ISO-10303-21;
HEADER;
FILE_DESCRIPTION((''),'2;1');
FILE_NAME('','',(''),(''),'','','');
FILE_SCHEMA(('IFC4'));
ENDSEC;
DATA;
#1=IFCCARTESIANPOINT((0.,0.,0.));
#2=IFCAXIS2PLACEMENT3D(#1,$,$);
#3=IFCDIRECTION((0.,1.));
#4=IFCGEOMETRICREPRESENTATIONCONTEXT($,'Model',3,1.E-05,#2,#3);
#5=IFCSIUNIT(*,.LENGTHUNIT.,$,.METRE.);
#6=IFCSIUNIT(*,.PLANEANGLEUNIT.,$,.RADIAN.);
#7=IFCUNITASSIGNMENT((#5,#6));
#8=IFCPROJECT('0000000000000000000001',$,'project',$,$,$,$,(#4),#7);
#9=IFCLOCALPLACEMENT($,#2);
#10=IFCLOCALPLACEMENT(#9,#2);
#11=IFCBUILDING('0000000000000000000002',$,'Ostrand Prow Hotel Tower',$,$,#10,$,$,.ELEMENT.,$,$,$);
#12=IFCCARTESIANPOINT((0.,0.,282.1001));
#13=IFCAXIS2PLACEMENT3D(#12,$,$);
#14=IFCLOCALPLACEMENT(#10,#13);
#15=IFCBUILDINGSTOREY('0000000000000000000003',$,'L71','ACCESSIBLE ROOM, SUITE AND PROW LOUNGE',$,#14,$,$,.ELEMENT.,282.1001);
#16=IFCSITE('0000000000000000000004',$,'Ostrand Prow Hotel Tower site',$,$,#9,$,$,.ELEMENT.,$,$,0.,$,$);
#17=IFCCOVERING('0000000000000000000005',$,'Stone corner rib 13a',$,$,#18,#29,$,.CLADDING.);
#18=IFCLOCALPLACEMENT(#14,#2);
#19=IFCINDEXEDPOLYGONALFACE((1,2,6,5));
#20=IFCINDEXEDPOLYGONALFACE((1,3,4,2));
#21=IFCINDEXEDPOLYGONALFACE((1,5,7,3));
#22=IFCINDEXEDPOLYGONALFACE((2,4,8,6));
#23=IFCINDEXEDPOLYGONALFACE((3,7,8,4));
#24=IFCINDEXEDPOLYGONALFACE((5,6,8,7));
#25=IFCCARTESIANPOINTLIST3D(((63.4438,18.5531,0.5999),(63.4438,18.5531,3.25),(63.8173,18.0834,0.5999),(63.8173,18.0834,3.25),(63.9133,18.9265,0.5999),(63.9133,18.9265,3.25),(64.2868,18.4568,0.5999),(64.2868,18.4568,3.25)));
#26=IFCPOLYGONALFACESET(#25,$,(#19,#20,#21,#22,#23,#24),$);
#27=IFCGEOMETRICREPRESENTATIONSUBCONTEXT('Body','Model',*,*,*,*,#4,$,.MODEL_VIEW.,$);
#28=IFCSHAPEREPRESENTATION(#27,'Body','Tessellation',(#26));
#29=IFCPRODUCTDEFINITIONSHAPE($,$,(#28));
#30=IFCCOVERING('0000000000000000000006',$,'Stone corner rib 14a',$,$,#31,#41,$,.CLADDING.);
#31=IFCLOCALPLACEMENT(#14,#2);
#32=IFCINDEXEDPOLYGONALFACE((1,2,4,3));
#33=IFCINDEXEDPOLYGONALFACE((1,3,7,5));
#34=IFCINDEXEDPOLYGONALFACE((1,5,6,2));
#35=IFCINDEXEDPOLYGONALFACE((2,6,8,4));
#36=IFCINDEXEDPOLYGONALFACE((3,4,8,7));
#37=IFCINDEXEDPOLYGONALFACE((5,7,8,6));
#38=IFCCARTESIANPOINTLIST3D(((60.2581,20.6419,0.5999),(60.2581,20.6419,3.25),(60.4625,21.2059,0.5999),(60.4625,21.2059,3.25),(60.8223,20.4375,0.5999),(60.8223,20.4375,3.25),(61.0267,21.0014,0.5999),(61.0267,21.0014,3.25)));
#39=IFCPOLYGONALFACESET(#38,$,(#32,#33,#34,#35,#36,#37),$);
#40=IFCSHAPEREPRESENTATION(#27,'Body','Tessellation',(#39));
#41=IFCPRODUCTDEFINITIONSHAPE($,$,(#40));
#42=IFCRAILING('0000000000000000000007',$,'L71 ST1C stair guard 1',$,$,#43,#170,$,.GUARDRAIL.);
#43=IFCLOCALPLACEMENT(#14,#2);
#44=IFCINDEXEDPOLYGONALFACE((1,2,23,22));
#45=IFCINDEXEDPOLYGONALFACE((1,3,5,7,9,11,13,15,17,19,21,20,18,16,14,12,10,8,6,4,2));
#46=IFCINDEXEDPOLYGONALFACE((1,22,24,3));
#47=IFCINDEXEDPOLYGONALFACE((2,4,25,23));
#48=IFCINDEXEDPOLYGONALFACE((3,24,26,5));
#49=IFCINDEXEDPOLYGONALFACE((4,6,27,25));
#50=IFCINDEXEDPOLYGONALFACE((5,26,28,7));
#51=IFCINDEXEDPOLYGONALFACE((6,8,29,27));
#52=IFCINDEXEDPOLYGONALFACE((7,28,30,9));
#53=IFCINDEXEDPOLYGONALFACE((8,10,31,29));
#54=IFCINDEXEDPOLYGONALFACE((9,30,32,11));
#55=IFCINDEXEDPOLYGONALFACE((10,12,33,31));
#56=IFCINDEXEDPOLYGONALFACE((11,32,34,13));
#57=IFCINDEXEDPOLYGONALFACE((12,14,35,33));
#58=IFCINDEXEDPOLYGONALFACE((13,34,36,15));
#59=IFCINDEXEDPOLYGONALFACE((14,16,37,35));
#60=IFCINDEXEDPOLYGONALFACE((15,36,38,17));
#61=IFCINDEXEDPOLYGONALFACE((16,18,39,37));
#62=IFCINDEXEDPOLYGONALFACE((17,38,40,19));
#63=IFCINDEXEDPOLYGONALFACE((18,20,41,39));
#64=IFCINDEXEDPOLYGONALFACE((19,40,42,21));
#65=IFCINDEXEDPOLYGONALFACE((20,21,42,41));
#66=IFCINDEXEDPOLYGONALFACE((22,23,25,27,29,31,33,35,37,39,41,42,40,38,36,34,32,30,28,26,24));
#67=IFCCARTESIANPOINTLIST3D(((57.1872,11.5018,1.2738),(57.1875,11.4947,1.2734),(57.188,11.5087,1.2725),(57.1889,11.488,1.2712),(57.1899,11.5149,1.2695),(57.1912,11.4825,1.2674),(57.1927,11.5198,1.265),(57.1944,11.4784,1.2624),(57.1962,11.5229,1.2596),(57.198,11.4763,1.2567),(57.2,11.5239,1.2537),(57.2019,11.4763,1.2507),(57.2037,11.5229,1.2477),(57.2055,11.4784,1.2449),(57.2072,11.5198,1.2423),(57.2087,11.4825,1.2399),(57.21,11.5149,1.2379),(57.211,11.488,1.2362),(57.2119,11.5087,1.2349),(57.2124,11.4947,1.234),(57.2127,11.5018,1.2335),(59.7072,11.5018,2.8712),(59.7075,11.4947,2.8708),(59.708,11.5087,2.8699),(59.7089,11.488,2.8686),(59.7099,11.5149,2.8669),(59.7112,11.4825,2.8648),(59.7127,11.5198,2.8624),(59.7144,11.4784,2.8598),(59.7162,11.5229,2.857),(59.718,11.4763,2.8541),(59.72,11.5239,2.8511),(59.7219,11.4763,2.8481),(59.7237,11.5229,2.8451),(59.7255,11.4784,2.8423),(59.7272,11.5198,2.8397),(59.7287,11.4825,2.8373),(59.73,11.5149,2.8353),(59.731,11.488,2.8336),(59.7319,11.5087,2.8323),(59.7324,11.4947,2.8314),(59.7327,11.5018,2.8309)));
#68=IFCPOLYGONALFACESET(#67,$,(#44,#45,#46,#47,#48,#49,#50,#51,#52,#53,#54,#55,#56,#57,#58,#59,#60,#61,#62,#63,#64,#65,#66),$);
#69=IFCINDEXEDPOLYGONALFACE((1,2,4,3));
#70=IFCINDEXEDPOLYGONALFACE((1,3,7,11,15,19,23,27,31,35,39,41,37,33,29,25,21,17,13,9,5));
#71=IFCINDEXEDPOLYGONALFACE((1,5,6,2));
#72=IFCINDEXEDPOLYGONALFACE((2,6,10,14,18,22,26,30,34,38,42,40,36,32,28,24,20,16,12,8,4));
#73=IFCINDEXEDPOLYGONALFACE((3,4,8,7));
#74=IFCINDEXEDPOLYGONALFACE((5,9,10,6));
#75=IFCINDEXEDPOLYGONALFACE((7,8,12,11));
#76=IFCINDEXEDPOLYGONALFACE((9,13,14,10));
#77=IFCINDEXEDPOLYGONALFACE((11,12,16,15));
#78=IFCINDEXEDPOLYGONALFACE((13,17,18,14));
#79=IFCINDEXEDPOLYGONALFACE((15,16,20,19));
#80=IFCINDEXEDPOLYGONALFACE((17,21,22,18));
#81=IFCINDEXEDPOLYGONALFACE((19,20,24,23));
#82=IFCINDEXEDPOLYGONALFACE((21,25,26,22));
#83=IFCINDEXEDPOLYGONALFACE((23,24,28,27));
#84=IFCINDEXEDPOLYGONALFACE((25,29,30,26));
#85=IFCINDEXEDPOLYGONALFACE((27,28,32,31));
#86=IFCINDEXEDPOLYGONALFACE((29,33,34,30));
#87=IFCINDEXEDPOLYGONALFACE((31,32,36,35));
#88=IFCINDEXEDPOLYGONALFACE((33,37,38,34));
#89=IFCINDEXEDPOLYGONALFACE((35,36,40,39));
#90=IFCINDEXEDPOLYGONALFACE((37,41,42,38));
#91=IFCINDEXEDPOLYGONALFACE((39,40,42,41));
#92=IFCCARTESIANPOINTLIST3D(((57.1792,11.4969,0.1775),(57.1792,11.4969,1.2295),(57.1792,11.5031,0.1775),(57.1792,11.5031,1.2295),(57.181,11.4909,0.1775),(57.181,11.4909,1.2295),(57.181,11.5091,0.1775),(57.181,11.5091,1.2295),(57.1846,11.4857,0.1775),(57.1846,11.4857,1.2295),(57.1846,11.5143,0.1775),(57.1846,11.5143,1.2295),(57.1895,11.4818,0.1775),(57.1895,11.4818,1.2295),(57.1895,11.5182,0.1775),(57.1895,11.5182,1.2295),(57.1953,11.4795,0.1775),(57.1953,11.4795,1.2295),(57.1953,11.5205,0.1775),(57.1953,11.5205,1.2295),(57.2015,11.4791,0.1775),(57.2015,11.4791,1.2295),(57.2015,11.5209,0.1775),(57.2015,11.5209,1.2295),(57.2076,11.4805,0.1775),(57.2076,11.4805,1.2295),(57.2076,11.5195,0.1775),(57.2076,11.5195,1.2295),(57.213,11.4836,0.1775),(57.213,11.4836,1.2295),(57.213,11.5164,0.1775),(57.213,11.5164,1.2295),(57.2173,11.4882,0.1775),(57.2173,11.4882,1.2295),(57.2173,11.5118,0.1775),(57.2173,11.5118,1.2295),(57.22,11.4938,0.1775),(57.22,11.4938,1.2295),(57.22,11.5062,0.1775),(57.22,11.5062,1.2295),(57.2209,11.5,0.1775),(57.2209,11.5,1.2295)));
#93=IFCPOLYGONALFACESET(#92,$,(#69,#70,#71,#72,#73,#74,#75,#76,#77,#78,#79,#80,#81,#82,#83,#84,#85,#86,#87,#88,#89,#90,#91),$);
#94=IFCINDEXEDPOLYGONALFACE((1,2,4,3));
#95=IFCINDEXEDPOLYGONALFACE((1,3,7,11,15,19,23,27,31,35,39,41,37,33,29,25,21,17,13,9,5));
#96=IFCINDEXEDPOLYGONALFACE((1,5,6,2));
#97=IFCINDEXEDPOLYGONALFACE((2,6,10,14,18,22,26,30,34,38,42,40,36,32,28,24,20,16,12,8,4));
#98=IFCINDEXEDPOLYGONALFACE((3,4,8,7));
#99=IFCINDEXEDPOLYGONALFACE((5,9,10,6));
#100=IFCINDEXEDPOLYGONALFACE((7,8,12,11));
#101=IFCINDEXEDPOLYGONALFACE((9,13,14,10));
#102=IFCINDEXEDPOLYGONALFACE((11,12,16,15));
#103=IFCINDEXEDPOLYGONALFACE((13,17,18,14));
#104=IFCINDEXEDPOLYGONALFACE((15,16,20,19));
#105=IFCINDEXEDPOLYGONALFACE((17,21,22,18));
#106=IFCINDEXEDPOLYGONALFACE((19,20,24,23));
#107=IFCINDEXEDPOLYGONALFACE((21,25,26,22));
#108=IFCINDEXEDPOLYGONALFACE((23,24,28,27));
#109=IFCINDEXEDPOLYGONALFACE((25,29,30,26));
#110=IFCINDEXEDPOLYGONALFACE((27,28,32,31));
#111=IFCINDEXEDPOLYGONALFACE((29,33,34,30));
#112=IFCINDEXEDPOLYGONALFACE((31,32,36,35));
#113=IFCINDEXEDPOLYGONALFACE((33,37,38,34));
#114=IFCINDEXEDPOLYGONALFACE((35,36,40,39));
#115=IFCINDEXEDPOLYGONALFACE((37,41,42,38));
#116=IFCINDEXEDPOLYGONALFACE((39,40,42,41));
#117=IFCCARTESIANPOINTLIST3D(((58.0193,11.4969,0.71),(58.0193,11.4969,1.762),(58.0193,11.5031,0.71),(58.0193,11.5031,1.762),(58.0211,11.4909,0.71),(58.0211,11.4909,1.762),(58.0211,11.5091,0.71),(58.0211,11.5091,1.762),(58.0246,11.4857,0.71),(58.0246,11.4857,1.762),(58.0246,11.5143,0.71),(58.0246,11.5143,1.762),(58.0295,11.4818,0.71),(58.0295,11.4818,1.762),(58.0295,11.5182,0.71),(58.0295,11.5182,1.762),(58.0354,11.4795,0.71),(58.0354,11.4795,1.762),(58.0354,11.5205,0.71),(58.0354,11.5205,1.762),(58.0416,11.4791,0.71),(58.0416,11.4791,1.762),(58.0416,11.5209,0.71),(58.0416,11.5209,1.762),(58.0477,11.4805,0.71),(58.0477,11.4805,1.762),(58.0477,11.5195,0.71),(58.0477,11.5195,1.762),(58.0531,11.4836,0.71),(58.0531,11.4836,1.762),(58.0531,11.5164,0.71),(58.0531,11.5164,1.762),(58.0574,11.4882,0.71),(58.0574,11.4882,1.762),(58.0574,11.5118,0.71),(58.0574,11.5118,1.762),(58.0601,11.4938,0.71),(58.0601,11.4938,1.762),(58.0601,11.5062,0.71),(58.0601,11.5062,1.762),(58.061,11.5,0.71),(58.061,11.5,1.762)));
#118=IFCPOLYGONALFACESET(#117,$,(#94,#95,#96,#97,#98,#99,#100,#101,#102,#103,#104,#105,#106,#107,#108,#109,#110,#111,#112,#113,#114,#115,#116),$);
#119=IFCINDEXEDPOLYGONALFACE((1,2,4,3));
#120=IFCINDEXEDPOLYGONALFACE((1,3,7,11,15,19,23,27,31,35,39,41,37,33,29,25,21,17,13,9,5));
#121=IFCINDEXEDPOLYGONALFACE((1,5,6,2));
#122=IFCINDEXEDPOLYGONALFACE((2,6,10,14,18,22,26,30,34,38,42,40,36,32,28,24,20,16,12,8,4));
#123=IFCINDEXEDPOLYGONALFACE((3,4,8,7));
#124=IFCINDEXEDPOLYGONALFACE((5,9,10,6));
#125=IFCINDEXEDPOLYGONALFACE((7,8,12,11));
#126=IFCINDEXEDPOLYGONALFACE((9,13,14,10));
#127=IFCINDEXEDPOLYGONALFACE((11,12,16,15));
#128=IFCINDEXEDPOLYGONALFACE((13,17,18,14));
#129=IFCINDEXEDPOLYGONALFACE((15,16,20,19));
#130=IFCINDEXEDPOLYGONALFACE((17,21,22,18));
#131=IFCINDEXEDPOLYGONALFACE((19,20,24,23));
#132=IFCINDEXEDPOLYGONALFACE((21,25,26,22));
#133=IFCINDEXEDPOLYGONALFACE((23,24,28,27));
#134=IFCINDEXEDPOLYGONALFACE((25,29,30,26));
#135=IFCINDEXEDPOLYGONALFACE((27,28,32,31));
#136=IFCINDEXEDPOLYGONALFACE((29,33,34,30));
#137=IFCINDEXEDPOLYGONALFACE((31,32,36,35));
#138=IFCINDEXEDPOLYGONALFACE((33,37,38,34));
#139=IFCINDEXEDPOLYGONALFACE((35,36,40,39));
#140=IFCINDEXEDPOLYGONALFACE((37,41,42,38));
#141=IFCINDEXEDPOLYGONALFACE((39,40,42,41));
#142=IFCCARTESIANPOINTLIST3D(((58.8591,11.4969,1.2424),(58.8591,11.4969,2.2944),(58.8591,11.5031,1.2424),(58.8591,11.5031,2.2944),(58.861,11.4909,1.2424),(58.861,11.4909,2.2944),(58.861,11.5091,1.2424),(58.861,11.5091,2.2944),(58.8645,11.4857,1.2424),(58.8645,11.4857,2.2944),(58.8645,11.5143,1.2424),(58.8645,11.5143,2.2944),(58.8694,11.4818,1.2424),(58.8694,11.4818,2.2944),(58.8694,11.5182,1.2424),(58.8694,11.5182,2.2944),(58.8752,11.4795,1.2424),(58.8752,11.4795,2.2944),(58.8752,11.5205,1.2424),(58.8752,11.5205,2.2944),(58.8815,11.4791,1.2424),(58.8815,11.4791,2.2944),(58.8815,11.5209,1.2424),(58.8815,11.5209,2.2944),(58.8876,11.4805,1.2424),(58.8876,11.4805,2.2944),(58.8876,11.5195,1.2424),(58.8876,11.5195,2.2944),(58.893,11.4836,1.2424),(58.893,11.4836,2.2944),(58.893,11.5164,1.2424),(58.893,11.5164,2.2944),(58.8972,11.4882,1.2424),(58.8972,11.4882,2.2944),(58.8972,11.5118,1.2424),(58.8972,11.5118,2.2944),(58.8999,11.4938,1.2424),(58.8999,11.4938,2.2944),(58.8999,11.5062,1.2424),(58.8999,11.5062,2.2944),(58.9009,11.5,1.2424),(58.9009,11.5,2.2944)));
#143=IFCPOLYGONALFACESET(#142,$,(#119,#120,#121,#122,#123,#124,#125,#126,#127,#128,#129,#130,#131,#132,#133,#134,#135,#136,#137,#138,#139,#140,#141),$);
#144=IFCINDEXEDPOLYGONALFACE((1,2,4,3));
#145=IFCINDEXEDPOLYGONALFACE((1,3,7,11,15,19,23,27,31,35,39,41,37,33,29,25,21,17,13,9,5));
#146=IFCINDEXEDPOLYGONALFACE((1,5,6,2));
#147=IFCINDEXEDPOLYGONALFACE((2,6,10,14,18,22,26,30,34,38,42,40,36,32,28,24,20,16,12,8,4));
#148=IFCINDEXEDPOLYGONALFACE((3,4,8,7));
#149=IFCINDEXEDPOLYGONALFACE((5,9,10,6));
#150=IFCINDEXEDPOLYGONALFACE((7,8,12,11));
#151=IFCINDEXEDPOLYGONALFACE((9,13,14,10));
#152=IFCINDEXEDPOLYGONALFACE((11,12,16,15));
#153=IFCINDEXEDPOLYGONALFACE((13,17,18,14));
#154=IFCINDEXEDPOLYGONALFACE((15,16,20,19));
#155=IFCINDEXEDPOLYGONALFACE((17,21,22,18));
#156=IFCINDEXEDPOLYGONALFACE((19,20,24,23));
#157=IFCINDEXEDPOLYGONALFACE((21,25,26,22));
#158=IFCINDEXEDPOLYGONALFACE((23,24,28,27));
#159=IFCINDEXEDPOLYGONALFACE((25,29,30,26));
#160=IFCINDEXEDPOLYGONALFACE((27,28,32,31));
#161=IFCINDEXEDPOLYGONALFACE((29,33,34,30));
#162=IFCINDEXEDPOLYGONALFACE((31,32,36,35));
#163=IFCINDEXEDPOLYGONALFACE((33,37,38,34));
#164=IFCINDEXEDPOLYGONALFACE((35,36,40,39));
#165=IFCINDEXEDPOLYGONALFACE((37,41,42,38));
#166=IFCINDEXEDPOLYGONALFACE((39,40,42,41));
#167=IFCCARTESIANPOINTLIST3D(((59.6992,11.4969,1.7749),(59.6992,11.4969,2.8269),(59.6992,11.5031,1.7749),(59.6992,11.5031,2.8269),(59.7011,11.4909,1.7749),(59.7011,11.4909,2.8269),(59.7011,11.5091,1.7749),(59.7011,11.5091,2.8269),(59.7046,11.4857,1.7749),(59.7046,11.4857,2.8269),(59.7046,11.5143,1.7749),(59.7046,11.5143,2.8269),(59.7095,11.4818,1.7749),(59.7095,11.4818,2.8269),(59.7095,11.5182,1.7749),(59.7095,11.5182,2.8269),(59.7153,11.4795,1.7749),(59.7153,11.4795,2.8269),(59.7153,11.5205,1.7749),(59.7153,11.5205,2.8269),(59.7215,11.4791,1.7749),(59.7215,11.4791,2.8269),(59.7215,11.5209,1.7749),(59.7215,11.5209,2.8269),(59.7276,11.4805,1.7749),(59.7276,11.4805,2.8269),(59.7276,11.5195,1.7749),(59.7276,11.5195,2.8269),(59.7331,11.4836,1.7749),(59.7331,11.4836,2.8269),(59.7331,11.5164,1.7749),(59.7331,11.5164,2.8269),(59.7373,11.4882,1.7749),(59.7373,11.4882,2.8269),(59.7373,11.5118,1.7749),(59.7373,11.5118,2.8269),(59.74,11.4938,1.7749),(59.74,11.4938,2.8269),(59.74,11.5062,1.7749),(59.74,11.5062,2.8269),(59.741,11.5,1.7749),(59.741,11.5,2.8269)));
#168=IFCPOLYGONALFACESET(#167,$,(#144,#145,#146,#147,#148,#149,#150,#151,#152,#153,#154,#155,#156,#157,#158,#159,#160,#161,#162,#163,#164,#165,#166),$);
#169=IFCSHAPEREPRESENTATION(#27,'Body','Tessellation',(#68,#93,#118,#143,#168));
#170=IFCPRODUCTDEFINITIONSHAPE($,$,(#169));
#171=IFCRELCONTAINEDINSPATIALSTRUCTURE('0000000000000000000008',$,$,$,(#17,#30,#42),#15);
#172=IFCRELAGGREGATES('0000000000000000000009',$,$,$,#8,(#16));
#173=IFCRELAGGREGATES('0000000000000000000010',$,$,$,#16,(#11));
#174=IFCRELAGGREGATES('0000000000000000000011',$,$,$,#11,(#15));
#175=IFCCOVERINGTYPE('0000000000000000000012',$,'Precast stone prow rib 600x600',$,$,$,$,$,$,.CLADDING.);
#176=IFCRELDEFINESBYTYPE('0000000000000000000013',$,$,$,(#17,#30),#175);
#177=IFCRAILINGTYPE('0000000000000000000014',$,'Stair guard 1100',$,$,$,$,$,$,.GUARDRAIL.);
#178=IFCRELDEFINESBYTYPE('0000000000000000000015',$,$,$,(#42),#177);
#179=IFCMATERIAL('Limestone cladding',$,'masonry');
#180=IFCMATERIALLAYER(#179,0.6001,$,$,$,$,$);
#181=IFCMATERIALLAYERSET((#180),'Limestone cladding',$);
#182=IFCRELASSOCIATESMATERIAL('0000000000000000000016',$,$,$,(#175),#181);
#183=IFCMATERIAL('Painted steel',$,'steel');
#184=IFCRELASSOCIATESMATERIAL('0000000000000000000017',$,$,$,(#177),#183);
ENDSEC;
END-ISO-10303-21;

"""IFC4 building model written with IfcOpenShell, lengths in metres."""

from ifc_helpers import new_model, si_unit, direction, frame, frame_2d, origin, origin_2d, place, context, subcontext, project, spatial, rectangle, circle, extrude, material, layer, layer_set, type_object, element, save


model = new_model("IFC4")

# Units and contexts
model_context = context("Model", 3, precision=1e-05, world=origin(), true_north=direction((0.0, 1.0)))
body_context = subcontext(model_context, "Body", "Model", "MODEL_VIEW")
ifc_project = project(units=[si_unit("LENGTHUNIT", "METRE"), si_unit("PLANEANGLEUNIT", "RADIAN")], contexts=[model_context])

# Site, building, storey
site_placement = place(None, origin())
site = spatial("IfcSite", under=ifc_project, at=site_placement, Name="Ostrand Prow Hotel Tower site", CompositionType="ELEMENT", RefElevation=0.0)
building_placement = place(site_placement, origin())
building = spatial("IfcBuilding", under=site, at=building_placement, Name="Ostrand Prow Hotel Tower", CompositionType="ELEMENT")
storey_placement = place(building_placement, frame((0.0, 0.0, 282.1001)))
storey = spatial("IfcBuildingStorey", under=building, at=storey_placement, Name="L71", Description="ACCESSIBLE ROOM, SUITE AND PROW LOUNGE", CompositionType="ELEMENT", Elevation=282.1001)

# Coverings
ifc_material_1 = material(Name="Limestone cladding", Category="masonry")
ifc_layer_1 = layer(ifc_material_1, 0.6001)
ifc_layer_set_1 = layer_set([ifc_layer_1], Name="Limestone cladding")
covering_type = type_object("IfcCoveringType", Name="Precast stone prow rib 600x600", PredefinedType="CLADDING", material=ifc_layer_set_1)
for number, where, z_axis, x_axis, name in (
    (1, (63.6306, 18.3184, 0.5999), (0.0, 0.0, 1.0), (0.782732, 0.622359, 0.0), "Stone corner rib 13a"),
    (2, (60.5403, 20.5398, 0.5999), (0.0, 0.0, 1.0), (0.340664, 0.940185, 0.0), "Stone corner rib 14a"),
):
    element("IfcCovering", number, at=place(storey_placement, frame(where, z_axis=z_axis, x_axis=x_axis)), inside=storey, type_object=covering_type, Name=name, PredefinedType="CLADDING", context=body_context, shape_type="SweptSolid", body=[
        extrude(rectangle(XDim=0.5999, YDim=0.6001, at=frame_2d((0.2998, 0.0))), origin(), (0.0, 0.0, 1.0), 2.6501),
    ])

# Railing
ifc_material_2 = material(Name="Painted steel", Category="steel")
railing_type_1 = type_object("IfcRailingType", Name="Stair guard 1100", PredefinedType="GUARDRAIL", material=ifc_material_2)
railing_1_placement = place(storey_placement, frame((57.2, 11.5, 0.1775)))
element("IfcRailing", 3, at=railing_1_placement, inside=storey, type_object=railing_type_1, Name="L71 ST1C stair guard 1", PredefinedType="GUARDRAIL", context=body_context, shape_type="SweptSolid", body=[
    extrude(circle(Radius=0.0239, at=origin_2d()), frame((0.0, 0.0, 1.0762), z_axis=(0.844607, 0.0, 0.535387), x_axis=(0.0, 1.0, 0.0)), (0.0, 0.0, 1.0), 2.9836),
    extrude(circle(Radius=0.021, at=origin_2d()), origin(), (0.0, 0.0, 1.0), 1.052),
    extrude(circle(Radius=0.021, at=origin_2d()), frame((0.8401, 0.0, 0.5325)), (0.0, 0.0, 1.0), 1.052),
    extrude(circle(Radius=0.021, at=origin_2d()), frame((1.6799, 0.0, 1.0649)), (0.0, 0.0, 1.0), 1.052),
    extrude(circle(Radius=0.021, at=origin_2d()), frame((2.52, 0.0, 1.5974)), (0.0, 0.0, 1.0), 1.052),
])

save(model, "model.ifc")
